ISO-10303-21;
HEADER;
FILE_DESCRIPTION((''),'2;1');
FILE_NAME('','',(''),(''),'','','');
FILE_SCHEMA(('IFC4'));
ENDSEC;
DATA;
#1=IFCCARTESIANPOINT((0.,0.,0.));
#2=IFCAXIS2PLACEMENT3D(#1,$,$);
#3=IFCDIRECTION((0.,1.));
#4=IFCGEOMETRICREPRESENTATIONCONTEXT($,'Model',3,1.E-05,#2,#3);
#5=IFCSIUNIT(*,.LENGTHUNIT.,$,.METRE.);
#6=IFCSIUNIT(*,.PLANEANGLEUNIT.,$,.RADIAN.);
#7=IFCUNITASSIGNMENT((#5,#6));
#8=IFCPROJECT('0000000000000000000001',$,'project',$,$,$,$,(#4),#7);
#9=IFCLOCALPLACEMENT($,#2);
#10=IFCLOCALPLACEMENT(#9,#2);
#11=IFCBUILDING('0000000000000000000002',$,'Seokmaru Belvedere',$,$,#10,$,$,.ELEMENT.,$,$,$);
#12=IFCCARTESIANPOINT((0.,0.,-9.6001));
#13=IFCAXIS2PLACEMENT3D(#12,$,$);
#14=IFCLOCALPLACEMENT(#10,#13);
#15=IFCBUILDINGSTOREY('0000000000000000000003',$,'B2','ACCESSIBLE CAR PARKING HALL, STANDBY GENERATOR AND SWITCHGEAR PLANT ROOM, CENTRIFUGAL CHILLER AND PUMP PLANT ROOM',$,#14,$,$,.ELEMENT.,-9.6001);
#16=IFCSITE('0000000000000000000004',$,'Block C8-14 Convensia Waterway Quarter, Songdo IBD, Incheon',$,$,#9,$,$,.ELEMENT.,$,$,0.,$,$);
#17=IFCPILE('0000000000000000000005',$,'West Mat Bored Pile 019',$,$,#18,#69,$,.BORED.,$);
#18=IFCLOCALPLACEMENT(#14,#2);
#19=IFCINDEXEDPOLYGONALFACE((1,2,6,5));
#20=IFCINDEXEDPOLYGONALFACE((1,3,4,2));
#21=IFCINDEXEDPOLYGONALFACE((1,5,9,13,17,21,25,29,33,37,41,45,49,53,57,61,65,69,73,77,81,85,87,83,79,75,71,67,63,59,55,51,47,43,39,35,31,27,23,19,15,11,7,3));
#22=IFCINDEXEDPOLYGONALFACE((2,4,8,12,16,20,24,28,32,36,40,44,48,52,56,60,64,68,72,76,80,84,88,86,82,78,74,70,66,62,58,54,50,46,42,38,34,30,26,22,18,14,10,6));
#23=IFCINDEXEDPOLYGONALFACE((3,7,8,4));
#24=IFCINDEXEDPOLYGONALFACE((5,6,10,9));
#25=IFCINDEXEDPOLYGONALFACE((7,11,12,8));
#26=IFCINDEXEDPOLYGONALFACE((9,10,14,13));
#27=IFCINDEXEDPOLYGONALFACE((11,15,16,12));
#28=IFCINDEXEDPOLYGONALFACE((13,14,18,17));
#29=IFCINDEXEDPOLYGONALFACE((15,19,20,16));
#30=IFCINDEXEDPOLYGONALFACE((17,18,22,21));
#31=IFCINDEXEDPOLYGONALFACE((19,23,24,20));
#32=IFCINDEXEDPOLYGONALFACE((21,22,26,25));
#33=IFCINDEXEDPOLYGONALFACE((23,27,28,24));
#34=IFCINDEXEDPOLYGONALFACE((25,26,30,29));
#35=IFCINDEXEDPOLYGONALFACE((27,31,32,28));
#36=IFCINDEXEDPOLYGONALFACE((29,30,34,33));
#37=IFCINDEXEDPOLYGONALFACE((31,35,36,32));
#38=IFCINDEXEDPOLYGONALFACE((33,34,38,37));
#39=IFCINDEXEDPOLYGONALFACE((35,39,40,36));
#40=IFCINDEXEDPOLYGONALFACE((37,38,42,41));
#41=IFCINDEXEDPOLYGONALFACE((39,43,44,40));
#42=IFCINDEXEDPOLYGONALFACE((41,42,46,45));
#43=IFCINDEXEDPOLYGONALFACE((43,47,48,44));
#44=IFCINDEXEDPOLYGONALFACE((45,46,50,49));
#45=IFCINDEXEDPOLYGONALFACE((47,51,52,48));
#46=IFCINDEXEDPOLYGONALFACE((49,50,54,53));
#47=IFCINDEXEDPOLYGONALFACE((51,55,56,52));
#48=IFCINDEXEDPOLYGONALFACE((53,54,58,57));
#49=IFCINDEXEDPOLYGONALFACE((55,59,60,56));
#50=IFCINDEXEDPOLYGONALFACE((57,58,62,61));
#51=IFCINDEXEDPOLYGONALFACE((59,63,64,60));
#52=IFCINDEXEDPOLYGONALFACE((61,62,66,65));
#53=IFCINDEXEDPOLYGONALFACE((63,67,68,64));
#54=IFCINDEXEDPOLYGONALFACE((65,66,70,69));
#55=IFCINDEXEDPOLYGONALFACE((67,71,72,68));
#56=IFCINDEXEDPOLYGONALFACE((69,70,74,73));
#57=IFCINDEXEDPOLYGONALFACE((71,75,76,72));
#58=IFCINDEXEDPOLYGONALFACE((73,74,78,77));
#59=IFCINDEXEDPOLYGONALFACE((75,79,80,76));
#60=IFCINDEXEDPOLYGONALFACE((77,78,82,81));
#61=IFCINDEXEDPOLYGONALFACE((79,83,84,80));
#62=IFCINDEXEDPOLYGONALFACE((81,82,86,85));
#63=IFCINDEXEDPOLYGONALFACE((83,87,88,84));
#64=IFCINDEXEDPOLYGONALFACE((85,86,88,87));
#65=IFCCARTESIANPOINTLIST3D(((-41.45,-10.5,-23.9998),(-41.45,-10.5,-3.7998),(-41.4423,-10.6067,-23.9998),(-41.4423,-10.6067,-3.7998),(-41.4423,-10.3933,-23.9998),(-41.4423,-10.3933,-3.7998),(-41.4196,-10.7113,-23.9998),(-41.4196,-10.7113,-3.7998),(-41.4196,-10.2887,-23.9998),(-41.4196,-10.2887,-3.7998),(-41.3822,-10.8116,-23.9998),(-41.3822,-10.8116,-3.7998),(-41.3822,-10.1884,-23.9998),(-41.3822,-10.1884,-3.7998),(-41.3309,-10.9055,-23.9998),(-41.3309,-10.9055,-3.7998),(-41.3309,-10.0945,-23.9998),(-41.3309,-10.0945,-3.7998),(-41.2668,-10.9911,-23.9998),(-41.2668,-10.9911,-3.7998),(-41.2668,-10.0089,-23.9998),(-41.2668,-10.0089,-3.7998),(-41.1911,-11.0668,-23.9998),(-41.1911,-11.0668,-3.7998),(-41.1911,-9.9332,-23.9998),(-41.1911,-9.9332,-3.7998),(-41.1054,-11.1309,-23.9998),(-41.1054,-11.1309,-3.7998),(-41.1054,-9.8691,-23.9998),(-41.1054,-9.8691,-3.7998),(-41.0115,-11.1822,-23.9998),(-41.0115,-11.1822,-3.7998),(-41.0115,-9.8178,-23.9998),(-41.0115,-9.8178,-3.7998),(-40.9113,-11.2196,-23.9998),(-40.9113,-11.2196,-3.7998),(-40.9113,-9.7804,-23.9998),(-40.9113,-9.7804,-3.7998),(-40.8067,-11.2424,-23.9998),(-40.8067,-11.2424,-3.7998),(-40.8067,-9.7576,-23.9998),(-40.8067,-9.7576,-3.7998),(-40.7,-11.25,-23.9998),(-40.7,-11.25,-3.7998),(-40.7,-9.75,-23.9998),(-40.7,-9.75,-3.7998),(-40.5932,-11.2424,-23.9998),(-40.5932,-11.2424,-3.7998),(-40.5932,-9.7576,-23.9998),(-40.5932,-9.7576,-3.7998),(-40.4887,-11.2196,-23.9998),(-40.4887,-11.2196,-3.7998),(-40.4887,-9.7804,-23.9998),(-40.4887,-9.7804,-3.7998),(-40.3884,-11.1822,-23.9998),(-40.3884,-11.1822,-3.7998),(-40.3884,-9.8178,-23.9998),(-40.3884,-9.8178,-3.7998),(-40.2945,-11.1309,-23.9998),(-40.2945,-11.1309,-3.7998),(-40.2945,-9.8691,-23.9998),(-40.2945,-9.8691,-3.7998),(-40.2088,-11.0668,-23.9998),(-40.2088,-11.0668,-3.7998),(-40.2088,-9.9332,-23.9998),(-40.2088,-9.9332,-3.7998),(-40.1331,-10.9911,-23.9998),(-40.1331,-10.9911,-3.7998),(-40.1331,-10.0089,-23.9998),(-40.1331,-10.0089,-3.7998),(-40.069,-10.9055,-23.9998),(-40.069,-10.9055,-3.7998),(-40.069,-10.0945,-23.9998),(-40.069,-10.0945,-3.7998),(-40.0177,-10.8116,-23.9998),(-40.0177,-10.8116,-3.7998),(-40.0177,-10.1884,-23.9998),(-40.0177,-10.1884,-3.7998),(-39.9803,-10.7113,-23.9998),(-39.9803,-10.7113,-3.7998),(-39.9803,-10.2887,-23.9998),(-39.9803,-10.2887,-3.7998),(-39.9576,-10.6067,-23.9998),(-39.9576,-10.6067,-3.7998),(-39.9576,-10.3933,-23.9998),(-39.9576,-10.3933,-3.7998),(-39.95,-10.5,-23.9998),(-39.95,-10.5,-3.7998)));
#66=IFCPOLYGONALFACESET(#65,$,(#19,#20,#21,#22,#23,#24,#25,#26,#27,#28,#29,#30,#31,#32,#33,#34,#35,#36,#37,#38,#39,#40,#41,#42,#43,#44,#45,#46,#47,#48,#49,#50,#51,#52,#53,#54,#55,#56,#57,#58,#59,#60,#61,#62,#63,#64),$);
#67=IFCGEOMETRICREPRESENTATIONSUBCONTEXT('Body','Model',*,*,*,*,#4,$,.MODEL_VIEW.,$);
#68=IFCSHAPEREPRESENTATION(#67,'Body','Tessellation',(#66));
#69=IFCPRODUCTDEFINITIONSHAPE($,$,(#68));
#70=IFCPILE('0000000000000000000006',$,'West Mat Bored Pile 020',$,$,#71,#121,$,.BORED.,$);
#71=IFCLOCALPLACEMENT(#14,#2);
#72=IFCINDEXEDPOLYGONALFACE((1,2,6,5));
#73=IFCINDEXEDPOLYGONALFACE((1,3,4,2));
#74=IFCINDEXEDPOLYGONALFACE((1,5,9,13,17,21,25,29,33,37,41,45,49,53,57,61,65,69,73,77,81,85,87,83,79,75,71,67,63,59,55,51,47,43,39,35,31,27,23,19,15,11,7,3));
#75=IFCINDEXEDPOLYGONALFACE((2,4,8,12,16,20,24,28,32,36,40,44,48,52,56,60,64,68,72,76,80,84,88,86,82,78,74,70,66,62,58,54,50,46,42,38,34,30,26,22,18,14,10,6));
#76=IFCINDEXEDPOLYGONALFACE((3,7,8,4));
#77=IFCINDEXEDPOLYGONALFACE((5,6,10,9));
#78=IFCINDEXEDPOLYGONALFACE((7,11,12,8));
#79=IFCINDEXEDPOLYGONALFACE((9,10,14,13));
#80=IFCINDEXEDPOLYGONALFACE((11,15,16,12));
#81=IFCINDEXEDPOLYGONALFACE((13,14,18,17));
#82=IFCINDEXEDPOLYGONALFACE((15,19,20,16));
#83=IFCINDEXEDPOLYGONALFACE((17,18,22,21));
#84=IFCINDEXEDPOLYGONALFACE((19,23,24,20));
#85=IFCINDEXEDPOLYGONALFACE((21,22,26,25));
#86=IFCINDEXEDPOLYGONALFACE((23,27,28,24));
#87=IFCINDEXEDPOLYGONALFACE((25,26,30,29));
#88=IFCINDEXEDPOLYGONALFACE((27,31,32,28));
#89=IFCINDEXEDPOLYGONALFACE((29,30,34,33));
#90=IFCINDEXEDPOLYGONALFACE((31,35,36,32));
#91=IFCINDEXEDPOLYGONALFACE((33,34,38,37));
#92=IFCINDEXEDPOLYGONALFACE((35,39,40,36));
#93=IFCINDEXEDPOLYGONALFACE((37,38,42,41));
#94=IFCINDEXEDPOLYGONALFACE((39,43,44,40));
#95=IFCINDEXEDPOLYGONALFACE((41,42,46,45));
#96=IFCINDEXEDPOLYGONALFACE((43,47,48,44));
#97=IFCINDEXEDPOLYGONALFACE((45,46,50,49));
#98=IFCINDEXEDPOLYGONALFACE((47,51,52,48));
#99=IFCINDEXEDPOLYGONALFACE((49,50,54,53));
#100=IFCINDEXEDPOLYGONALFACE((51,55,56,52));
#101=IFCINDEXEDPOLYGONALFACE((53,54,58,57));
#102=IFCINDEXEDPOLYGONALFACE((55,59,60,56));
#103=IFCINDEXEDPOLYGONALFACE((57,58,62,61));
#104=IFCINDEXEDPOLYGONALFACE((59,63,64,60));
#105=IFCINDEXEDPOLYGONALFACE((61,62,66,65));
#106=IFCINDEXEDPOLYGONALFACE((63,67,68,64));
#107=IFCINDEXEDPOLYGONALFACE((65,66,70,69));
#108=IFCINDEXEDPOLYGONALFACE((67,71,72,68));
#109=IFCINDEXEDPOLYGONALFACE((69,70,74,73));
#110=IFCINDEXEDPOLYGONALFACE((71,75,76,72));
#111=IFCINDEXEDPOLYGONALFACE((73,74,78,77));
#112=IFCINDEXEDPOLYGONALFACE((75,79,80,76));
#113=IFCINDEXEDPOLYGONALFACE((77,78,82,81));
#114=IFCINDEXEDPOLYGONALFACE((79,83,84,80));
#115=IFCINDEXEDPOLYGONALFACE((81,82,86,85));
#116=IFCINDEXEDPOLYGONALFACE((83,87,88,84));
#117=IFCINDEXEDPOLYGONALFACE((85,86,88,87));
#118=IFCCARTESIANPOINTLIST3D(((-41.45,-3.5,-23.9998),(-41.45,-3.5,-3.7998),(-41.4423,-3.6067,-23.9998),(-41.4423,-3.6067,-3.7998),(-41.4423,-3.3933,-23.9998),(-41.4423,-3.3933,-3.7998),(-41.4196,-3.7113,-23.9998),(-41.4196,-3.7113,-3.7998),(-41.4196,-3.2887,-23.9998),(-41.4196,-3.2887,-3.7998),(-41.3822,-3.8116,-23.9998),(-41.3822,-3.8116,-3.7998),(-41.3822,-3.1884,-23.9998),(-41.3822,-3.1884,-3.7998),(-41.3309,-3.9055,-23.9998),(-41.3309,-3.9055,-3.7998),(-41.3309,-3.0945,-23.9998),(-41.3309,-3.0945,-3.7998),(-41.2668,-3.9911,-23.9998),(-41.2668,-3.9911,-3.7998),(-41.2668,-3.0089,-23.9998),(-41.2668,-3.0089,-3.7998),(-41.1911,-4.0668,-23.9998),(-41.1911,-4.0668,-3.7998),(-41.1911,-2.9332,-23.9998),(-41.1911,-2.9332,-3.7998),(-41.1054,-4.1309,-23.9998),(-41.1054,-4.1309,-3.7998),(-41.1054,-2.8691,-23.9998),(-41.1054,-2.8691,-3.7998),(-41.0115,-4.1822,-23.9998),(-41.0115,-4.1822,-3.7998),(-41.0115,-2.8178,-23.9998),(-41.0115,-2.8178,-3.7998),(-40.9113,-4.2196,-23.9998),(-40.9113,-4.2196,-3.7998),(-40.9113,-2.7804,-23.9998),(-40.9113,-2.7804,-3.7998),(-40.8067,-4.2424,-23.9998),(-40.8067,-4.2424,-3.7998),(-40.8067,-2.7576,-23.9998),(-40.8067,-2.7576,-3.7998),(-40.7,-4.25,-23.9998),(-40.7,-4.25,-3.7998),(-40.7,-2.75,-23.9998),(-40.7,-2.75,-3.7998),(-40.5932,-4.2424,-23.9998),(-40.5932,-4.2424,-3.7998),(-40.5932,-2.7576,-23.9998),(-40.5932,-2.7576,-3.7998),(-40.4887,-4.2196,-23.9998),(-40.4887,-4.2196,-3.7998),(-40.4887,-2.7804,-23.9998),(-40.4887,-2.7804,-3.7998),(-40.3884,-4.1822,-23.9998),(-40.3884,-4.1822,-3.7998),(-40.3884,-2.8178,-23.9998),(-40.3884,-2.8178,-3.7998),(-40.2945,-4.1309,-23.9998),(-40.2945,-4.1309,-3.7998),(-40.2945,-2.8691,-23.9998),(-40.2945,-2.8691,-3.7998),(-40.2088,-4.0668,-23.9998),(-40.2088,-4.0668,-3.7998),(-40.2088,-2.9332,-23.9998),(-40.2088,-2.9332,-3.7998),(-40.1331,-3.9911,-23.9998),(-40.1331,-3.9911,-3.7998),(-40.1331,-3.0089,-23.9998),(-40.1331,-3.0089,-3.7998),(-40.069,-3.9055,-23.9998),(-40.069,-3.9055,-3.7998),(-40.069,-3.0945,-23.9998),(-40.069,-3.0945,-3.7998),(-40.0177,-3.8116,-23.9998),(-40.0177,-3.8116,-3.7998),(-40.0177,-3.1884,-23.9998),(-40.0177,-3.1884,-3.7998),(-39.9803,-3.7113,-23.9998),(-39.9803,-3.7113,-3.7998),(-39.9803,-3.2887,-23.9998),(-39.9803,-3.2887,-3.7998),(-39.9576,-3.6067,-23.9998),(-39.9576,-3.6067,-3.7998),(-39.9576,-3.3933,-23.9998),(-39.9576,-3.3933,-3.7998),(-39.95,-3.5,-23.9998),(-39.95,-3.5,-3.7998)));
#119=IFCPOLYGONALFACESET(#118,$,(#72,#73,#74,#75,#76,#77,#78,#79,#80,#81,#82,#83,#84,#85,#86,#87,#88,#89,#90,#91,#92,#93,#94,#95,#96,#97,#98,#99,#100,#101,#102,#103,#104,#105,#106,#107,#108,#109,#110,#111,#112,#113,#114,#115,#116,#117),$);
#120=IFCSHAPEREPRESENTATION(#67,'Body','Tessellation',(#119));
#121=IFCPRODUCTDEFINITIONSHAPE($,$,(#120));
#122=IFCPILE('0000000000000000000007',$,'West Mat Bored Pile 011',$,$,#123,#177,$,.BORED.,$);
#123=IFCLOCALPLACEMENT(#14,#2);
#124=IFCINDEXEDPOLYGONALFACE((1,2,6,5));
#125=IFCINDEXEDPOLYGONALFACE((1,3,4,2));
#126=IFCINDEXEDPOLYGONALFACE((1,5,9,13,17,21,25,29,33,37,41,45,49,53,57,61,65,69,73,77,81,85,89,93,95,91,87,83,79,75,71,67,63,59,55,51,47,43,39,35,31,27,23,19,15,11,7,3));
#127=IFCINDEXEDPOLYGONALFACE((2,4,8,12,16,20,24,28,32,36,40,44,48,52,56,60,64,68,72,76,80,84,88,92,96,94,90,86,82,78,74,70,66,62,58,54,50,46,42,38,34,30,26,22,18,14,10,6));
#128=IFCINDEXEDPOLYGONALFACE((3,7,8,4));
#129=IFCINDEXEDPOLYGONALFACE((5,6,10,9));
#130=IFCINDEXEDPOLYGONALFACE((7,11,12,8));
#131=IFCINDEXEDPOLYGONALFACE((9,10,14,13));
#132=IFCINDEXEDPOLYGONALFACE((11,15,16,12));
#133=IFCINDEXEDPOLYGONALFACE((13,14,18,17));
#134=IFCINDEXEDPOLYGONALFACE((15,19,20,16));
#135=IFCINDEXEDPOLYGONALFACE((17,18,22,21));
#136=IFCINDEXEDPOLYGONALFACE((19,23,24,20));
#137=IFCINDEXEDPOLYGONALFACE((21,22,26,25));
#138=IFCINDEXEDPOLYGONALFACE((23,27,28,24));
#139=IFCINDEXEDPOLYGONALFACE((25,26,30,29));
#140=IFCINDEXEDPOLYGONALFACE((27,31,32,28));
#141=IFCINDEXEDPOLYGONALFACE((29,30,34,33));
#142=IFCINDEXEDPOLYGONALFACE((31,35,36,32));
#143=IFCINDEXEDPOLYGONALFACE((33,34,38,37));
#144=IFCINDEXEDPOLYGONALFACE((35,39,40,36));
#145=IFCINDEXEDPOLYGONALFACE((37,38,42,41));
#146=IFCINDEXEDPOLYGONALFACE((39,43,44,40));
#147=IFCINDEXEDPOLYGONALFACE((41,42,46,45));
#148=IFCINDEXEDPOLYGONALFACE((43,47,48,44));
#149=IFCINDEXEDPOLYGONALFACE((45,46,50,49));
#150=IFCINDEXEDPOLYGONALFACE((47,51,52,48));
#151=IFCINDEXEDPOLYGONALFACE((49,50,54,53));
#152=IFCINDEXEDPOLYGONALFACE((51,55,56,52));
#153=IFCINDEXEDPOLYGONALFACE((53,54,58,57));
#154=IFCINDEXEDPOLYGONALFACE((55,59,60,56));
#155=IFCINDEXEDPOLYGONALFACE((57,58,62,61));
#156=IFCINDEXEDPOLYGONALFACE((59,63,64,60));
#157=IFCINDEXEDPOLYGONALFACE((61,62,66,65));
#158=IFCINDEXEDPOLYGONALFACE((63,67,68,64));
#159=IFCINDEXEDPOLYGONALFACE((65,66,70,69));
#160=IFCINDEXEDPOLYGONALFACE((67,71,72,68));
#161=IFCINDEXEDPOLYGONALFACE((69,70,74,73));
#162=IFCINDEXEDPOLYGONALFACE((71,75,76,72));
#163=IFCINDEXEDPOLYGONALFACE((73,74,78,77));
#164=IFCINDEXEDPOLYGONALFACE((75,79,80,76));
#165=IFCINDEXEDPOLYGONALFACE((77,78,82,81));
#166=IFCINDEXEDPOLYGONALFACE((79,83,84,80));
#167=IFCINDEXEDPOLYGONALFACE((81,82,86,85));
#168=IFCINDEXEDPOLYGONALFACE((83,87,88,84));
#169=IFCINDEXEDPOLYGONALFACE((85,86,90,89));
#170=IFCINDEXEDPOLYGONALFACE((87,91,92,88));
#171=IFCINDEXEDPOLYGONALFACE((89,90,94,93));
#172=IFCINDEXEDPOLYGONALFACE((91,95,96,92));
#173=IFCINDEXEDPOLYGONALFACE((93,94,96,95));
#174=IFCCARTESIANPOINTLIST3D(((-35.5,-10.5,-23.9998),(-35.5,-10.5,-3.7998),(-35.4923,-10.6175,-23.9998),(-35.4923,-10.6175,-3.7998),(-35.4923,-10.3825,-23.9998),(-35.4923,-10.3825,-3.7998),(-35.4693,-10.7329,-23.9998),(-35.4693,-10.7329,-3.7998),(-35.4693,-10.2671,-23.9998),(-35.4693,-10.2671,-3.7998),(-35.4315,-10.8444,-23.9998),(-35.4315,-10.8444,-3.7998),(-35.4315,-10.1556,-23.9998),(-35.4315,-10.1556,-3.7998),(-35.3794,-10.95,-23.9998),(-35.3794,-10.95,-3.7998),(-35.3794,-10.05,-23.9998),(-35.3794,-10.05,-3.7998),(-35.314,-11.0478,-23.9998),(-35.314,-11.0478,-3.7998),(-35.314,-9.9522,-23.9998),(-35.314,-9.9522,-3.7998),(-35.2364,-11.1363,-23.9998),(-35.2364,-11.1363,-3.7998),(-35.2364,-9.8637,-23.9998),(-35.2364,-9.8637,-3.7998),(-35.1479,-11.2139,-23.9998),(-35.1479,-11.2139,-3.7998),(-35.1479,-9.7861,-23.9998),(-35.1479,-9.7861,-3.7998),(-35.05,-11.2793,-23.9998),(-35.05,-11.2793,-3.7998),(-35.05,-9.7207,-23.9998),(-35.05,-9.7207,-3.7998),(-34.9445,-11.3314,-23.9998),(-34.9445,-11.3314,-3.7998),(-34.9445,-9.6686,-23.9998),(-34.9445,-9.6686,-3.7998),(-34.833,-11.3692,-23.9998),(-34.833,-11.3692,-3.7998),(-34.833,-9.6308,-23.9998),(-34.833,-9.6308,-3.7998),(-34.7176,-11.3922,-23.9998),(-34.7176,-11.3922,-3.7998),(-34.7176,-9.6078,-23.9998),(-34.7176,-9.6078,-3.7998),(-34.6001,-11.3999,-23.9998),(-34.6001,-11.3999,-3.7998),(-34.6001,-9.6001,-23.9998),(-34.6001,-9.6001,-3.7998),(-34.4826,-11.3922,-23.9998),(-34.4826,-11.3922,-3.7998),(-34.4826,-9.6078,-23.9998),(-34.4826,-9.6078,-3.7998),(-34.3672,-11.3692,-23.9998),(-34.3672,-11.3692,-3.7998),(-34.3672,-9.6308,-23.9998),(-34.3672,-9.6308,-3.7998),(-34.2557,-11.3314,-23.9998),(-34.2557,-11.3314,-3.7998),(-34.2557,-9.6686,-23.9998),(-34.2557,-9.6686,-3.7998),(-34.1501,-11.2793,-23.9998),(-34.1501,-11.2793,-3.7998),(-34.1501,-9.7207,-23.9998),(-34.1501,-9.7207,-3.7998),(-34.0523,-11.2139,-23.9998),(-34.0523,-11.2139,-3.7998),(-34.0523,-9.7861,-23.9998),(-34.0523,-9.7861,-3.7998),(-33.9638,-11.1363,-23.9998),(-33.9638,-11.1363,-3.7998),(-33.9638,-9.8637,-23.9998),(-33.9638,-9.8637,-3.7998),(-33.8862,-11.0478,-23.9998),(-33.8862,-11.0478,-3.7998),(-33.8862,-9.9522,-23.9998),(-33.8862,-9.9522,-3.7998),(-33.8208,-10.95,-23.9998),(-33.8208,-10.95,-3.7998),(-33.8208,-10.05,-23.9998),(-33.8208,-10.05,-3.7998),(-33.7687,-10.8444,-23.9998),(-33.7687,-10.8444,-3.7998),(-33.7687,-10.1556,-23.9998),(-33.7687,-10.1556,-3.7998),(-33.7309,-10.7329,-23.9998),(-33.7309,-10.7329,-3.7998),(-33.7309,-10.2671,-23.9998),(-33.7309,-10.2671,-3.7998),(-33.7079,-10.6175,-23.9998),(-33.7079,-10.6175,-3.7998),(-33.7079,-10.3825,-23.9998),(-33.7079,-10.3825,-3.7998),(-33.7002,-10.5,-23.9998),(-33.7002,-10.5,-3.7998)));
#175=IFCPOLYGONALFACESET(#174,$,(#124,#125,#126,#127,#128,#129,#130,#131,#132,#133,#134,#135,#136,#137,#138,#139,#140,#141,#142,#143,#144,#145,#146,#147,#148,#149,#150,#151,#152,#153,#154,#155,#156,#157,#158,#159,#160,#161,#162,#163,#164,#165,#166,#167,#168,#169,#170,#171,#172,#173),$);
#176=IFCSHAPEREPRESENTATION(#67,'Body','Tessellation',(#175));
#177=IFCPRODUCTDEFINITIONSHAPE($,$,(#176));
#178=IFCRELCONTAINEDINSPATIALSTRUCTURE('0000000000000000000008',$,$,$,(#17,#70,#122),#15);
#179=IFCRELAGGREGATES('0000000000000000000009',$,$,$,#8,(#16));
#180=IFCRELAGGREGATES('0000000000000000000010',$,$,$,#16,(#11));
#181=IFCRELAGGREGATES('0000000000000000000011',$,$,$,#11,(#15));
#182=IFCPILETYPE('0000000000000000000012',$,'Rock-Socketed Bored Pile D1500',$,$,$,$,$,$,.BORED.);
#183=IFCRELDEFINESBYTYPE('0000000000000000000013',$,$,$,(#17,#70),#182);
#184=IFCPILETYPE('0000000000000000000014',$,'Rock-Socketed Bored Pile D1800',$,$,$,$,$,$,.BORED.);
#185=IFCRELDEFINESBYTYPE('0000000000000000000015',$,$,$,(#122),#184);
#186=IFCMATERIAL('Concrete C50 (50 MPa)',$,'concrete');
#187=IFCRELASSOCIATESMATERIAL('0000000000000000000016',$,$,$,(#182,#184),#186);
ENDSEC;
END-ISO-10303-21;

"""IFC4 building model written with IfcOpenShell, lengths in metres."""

from ifc_helpers import new_model, si_unit, direction, frame, origin, origin_2d, place, context, subcontext, project, spatial, circle, extrude, source, transform, mapped, material, material_profile, profile_set, type_object, type_shapes, element, save


model = new_model("IFC4")

# Units and contexts
model_context = context("Model", 3, precision=1e-05, world=origin(), true_north=direction((0.0, 1.0)))
body_context = subcontext(model_context, "Body", "Model", "MODEL_VIEW")
ifc_project = project(units=[si_unit("LENGTHUNIT", "METRE"), si_unit("PLANEANGLEUNIT", "RADIAN")], contexts=[model_context])

# Site, building, storey
site_placement = place(None, origin())
site = spatial("IfcSite", under=ifc_project, at=site_placement, Name="Block C8-14 Convensia Waterway Quarter, Songdo IBD, Incheon", CompositionType="ELEMENT", RefElevation=0.0)
building_placement = place(site_placement, origin())
building = spatial("IfcBuilding", under=site, at=building_placement, Name="Seokmaru Belvedere", CompositionType="ELEMENT")
storey_placement = place(building_placement, frame((0.0, 0.0, -9.6001)))
storey = spatial("IfcBuildingStorey", under=building, at=storey_placement, Name="B2", Description="ACCESSIBLE CAR PARKING HALL, STANDBY GENERATOR AND SWITCHGEAR PLANT ROOM, CENTRIFUGAL CHILLER AND PUMP PLANT ROOM", CompositionType="ELEMENT", Elevation=-9.6001)

# Piles
ifc_material_1 = material(Name="Concrete C50 (50 MPa)", Category="concrete")
ifc_material_profile_1 = material_profile(ifc_material_1, circle(Radius=0.75, at=origin_2d()), Name="PILE-D1500")
ifc_profile_set_1 = profile_set([ifc_material_profile_1], Name="Concrete C50 (50 MPa)")
pile_type_1 = type_object("IfcPileType", Name="Rock-Socketed Bored Pile D1500", PredefinedType="BORED", material=ifc_profile_set_1)
shared_shape_1 = source(origin(), body_context, "Body", "SweptSolid", [
    extrude(circle(Radius=0.75, at=origin_2d()), origin(), (0.0, 0.0, 1.0), 20.2),
])
type_shapes(pile_type_1, [shared_shape_1])
for number, where, z_axis, x_axis, name in (
    (1, (-40.7, -10.5, -3.7998), (0.0, 0.0, -1.0), (1.0, 0.0, 0.0), "West Mat Bored Pile 019"),
    (2, (-40.7, -3.5, -3.7998), (0.0, 0.0, -1.0), (1.0, 0.0, 0.0), "West Mat Bored Pile 020"),
):
    element("IfcPile", number, at=place(storey_placement, frame(where, z_axis=z_axis, x_axis=x_axis)), inside=storey, type_object=pile_type_1, Name=name, PredefinedType="BORED", context=body_context, shape_type="MappedRepresentation", body=[
        mapped(shared_shape_1, transform((0.0, 0.0, 0.0), scale=1.0)),
    ])
ifc_material_profile_2 = material_profile(ifc_material_1, circle(Radius=0.8999, at=origin_2d()), Name="PILE-D1800")
ifc_profile_set_2 = profile_set([ifc_material_profile_2], Name="Concrete C50 (50 MPa)")
pile_type_2 = type_object("IfcPileType", Name="Rock-Socketed Bored Pile D1800", PredefinedType="BORED", material=ifc_profile_set_2)
shared_shape_2 = source(origin(), body_context, "Body", "SweptSolid", [
    extrude(circle(Radius=0.8999, at=origin_2d()), origin(), (0.0, 0.0, 1.0), 20.2),
])
type_shapes(pile_type_2, [shared_shape_2])
for number, where, z_axis, x_axis, name in (
    (3, (-34.6001, -10.5, -3.7998), (0.0, 0.0, -1.0), (1.0, 0.0, 0.0), "West Mat Bored Pile 011"),
):
    element("IfcPile", number, at=place(storey_placement, frame(where, z_axis=z_axis, x_axis=x_axis)), inside=storey, type_object=pile_type_2, Name=name, PredefinedType="BORED", context=body_context, shape_type="MappedRepresentation", body=[
        mapped(shared_shape_2, transform((0.0, 0.0, 0.0), scale=1.0)),
    ])

save(model, "model.ifc")
